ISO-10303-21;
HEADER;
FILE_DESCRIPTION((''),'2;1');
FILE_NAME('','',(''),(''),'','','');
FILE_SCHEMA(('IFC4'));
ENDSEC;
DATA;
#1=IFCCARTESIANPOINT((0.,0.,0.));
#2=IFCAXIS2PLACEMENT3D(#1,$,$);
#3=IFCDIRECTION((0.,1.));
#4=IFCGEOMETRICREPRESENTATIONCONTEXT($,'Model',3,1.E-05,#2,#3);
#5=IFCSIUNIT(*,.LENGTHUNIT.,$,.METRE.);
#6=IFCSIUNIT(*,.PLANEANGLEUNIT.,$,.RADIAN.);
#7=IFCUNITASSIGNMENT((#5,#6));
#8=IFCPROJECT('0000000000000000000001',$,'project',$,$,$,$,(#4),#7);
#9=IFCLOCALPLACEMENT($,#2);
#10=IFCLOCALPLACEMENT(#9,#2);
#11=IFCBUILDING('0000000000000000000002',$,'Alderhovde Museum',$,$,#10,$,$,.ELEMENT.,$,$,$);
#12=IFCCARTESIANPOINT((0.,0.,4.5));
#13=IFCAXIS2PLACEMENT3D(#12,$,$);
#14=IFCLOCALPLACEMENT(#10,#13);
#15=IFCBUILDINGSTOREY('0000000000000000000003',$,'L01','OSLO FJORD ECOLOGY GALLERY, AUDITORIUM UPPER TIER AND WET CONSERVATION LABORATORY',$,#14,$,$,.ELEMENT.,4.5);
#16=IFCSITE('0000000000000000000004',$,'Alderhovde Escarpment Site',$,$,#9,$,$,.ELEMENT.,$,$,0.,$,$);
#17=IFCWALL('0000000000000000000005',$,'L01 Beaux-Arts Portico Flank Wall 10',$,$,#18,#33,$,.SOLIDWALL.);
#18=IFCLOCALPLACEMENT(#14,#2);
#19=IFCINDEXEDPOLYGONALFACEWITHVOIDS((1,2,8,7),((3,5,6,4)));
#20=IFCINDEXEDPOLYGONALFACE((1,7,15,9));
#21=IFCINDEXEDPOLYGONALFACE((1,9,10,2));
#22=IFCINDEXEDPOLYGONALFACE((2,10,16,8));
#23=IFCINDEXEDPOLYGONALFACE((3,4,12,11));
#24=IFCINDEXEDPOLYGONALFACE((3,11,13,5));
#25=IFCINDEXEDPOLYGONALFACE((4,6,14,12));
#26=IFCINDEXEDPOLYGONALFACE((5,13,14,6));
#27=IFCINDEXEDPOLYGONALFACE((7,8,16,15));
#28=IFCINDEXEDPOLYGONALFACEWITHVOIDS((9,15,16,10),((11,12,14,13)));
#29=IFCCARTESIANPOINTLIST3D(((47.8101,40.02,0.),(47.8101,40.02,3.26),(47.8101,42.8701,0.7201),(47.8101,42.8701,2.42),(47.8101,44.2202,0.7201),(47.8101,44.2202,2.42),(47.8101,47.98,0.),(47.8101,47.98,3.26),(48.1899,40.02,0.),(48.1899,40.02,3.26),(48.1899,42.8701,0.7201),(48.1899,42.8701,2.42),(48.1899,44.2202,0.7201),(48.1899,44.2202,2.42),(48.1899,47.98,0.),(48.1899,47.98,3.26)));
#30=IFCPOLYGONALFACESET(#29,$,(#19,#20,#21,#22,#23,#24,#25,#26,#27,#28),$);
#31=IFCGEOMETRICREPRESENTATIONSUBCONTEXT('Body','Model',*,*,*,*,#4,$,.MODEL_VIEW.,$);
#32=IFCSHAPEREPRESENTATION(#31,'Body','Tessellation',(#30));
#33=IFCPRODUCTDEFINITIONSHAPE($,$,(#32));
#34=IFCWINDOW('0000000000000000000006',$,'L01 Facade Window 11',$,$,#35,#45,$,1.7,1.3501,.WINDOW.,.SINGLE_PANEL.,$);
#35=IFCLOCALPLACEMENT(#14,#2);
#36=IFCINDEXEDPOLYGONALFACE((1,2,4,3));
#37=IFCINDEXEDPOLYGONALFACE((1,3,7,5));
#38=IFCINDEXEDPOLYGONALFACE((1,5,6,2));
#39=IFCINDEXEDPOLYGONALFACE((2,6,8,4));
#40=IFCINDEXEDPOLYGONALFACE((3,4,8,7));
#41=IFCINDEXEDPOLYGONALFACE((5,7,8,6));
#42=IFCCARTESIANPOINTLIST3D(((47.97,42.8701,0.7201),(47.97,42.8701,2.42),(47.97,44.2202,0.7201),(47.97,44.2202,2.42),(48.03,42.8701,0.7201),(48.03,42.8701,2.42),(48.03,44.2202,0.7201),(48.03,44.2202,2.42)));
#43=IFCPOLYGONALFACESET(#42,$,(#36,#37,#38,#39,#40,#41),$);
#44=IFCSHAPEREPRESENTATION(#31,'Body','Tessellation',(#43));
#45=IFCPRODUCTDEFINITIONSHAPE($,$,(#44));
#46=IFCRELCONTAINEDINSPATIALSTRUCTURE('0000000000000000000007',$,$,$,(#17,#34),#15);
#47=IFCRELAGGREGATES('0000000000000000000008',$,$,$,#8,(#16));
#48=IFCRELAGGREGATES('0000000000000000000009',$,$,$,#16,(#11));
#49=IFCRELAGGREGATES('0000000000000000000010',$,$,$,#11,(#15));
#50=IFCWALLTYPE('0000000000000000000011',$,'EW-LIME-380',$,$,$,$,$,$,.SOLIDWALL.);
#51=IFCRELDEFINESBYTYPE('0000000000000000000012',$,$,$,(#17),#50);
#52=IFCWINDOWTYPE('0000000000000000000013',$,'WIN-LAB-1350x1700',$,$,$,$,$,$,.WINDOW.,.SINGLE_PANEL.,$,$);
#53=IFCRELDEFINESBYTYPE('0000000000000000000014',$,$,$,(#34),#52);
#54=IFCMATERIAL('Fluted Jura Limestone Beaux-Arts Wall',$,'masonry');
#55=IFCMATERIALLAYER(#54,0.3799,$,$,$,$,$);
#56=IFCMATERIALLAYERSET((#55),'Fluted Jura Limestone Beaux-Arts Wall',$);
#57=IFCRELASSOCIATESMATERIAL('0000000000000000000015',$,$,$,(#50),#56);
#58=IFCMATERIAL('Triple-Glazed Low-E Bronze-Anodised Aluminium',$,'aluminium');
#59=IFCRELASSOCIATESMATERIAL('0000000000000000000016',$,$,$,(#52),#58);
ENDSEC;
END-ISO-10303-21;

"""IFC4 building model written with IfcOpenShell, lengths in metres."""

from ifc_helpers import new_model, si_unit, direction, frame, frame_2d, origin, place, context, subcontext, project, spatial, rectangle, extrude, material, layer, layer_set, type_object, element, fill, save


model = new_model("IFC4")

# Units and contexts
model_context = context("Model", 3, precision=1e-05, world=origin(), true_north=direction((0.0, 1.0)))
body_context = subcontext(model_context, "Body", "Model", "MODEL_VIEW")
ifc_project = project(units=[si_unit("LENGTHUNIT", "METRE"), si_unit("PLANEANGLEUNIT", "RADIAN")], contexts=[model_context])

# Site, building, storey
site_placement = place(None, origin())
site = spatial("IfcSite", under=ifc_project, at=site_placement, Name="Alderhovde Escarpment Site", CompositionType="ELEMENT", RefElevation=0.0)
building_placement = place(site_placement, origin())
building = spatial("IfcBuilding", under=site, at=building_placement, Name="Alderhovde Museum", CompositionType="ELEMENT")
storey_placement = place(building_placement, frame((0.0, 0.0, 4.5)))
storey = spatial("IfcBuildingStorey", under=building, at=storey_placement, Name="L01", Description="OSLO FJORD ECOLOGY GALLERY, AUDITORIUM UPPER TIER AND WET CONSERVATION LABORATORY", CompositionType="ELEMENT", Elevation=4.5)

# Shared definitions
ifc_material_1 = material(Name="Fluted Jura Limestone Beaux-Arts Wall", Category="masonry")
ifc_layer_1 = layer(ifc_material_1, 0.3799)
ifc_layer_set_1 = layer_set([ifc_layer_1], Name="Fluted Jura Limestone Beaux-Arts Wall")
wall_type = type_object("IfcWallType", Name="EW-LIME-380", PredefinedType="SOLIDWALL", material=ifc_layer_set_1)

# Wall, opening, window
wall_1_placement = place(storey_placement, frame((48.0, 40.02, 0.0), z_axis=(0.0, 0.0, 1.0), x_axis=(0.0, 1.0, 0.0)))
wall_1 = element("IfcWall", 1, at=wall_1_placement, inside=storey, type_object=wall_type, Name="L01 Beaux-Arts Portico Flank Wall 10", PredefinedType="SOLIDWALL", context=body_context, shape_type="SweptSolid", body=[
    extrude(rectangle(XDim=7.96, YDim=0.3799, at=frame_2d((3.98, 0.0))), origin(), (0.0, 0.0, 1.0), 3.26),
])
opening_1_placement = place(wall_1_placement, frame((2.8501, 0.0, 0.72)))
opening_1 = element("IfcOpeningElement", 2, at=opening_1_placement, cuts=wall_1, PredefinedType="OPENING", context=body_context, shape_type="SweptSolid", body=[
    extrude(rectangle(XDim=1.3501, YDim=1.7, at=frame_2d((0.675, 0.8501))), frame((0.0, 0.2, 0.0), z_axis=(0.0, -1.0, 0.0), x_axis=(1.0, 0.0, 0.0)), (0.0, 0.0, 1.0), 0.3999),
])
ifc_material_2 = material(Name="Triple-Glazed Low-E Bronze-Anodised Aluminium", Category="aluminium")
window_type_1 = type_object("IfcWindowType", Name="WIN-LAB-1350x1700", PartitioningType="SINGLE_PANEL", PredefinedType="WINDOW", material=ifc_material_2)
window_1_placement = place(opening_1_placement, origin())
window_1 = element("IfcWindow", 3, at=window_1_placement, inside=storey, type_object=window_type_1, Name="L01 Facade Window 11", OverallHeight=1.7, OverallWidth=1.3501, PartitioningType="SINGLE_PANEL", PredefinedType="WINDOW", context=body_context, shape_type="SweptSolid", body=[
    extrude(rectangle(XDim=1.3501, YDim=1.7, at=frame_2d((0.675, 0.8501))), frame((0.0, 0.03, 0.0), z_axis=(0.0, -1.0, 0.0), x_axis=(1.0, 0.0, 0.0)), (0.0, 0.0, 1.0), 0.0601),
])
fill(opening_1, window_1)

save(model, "model.ifc")
